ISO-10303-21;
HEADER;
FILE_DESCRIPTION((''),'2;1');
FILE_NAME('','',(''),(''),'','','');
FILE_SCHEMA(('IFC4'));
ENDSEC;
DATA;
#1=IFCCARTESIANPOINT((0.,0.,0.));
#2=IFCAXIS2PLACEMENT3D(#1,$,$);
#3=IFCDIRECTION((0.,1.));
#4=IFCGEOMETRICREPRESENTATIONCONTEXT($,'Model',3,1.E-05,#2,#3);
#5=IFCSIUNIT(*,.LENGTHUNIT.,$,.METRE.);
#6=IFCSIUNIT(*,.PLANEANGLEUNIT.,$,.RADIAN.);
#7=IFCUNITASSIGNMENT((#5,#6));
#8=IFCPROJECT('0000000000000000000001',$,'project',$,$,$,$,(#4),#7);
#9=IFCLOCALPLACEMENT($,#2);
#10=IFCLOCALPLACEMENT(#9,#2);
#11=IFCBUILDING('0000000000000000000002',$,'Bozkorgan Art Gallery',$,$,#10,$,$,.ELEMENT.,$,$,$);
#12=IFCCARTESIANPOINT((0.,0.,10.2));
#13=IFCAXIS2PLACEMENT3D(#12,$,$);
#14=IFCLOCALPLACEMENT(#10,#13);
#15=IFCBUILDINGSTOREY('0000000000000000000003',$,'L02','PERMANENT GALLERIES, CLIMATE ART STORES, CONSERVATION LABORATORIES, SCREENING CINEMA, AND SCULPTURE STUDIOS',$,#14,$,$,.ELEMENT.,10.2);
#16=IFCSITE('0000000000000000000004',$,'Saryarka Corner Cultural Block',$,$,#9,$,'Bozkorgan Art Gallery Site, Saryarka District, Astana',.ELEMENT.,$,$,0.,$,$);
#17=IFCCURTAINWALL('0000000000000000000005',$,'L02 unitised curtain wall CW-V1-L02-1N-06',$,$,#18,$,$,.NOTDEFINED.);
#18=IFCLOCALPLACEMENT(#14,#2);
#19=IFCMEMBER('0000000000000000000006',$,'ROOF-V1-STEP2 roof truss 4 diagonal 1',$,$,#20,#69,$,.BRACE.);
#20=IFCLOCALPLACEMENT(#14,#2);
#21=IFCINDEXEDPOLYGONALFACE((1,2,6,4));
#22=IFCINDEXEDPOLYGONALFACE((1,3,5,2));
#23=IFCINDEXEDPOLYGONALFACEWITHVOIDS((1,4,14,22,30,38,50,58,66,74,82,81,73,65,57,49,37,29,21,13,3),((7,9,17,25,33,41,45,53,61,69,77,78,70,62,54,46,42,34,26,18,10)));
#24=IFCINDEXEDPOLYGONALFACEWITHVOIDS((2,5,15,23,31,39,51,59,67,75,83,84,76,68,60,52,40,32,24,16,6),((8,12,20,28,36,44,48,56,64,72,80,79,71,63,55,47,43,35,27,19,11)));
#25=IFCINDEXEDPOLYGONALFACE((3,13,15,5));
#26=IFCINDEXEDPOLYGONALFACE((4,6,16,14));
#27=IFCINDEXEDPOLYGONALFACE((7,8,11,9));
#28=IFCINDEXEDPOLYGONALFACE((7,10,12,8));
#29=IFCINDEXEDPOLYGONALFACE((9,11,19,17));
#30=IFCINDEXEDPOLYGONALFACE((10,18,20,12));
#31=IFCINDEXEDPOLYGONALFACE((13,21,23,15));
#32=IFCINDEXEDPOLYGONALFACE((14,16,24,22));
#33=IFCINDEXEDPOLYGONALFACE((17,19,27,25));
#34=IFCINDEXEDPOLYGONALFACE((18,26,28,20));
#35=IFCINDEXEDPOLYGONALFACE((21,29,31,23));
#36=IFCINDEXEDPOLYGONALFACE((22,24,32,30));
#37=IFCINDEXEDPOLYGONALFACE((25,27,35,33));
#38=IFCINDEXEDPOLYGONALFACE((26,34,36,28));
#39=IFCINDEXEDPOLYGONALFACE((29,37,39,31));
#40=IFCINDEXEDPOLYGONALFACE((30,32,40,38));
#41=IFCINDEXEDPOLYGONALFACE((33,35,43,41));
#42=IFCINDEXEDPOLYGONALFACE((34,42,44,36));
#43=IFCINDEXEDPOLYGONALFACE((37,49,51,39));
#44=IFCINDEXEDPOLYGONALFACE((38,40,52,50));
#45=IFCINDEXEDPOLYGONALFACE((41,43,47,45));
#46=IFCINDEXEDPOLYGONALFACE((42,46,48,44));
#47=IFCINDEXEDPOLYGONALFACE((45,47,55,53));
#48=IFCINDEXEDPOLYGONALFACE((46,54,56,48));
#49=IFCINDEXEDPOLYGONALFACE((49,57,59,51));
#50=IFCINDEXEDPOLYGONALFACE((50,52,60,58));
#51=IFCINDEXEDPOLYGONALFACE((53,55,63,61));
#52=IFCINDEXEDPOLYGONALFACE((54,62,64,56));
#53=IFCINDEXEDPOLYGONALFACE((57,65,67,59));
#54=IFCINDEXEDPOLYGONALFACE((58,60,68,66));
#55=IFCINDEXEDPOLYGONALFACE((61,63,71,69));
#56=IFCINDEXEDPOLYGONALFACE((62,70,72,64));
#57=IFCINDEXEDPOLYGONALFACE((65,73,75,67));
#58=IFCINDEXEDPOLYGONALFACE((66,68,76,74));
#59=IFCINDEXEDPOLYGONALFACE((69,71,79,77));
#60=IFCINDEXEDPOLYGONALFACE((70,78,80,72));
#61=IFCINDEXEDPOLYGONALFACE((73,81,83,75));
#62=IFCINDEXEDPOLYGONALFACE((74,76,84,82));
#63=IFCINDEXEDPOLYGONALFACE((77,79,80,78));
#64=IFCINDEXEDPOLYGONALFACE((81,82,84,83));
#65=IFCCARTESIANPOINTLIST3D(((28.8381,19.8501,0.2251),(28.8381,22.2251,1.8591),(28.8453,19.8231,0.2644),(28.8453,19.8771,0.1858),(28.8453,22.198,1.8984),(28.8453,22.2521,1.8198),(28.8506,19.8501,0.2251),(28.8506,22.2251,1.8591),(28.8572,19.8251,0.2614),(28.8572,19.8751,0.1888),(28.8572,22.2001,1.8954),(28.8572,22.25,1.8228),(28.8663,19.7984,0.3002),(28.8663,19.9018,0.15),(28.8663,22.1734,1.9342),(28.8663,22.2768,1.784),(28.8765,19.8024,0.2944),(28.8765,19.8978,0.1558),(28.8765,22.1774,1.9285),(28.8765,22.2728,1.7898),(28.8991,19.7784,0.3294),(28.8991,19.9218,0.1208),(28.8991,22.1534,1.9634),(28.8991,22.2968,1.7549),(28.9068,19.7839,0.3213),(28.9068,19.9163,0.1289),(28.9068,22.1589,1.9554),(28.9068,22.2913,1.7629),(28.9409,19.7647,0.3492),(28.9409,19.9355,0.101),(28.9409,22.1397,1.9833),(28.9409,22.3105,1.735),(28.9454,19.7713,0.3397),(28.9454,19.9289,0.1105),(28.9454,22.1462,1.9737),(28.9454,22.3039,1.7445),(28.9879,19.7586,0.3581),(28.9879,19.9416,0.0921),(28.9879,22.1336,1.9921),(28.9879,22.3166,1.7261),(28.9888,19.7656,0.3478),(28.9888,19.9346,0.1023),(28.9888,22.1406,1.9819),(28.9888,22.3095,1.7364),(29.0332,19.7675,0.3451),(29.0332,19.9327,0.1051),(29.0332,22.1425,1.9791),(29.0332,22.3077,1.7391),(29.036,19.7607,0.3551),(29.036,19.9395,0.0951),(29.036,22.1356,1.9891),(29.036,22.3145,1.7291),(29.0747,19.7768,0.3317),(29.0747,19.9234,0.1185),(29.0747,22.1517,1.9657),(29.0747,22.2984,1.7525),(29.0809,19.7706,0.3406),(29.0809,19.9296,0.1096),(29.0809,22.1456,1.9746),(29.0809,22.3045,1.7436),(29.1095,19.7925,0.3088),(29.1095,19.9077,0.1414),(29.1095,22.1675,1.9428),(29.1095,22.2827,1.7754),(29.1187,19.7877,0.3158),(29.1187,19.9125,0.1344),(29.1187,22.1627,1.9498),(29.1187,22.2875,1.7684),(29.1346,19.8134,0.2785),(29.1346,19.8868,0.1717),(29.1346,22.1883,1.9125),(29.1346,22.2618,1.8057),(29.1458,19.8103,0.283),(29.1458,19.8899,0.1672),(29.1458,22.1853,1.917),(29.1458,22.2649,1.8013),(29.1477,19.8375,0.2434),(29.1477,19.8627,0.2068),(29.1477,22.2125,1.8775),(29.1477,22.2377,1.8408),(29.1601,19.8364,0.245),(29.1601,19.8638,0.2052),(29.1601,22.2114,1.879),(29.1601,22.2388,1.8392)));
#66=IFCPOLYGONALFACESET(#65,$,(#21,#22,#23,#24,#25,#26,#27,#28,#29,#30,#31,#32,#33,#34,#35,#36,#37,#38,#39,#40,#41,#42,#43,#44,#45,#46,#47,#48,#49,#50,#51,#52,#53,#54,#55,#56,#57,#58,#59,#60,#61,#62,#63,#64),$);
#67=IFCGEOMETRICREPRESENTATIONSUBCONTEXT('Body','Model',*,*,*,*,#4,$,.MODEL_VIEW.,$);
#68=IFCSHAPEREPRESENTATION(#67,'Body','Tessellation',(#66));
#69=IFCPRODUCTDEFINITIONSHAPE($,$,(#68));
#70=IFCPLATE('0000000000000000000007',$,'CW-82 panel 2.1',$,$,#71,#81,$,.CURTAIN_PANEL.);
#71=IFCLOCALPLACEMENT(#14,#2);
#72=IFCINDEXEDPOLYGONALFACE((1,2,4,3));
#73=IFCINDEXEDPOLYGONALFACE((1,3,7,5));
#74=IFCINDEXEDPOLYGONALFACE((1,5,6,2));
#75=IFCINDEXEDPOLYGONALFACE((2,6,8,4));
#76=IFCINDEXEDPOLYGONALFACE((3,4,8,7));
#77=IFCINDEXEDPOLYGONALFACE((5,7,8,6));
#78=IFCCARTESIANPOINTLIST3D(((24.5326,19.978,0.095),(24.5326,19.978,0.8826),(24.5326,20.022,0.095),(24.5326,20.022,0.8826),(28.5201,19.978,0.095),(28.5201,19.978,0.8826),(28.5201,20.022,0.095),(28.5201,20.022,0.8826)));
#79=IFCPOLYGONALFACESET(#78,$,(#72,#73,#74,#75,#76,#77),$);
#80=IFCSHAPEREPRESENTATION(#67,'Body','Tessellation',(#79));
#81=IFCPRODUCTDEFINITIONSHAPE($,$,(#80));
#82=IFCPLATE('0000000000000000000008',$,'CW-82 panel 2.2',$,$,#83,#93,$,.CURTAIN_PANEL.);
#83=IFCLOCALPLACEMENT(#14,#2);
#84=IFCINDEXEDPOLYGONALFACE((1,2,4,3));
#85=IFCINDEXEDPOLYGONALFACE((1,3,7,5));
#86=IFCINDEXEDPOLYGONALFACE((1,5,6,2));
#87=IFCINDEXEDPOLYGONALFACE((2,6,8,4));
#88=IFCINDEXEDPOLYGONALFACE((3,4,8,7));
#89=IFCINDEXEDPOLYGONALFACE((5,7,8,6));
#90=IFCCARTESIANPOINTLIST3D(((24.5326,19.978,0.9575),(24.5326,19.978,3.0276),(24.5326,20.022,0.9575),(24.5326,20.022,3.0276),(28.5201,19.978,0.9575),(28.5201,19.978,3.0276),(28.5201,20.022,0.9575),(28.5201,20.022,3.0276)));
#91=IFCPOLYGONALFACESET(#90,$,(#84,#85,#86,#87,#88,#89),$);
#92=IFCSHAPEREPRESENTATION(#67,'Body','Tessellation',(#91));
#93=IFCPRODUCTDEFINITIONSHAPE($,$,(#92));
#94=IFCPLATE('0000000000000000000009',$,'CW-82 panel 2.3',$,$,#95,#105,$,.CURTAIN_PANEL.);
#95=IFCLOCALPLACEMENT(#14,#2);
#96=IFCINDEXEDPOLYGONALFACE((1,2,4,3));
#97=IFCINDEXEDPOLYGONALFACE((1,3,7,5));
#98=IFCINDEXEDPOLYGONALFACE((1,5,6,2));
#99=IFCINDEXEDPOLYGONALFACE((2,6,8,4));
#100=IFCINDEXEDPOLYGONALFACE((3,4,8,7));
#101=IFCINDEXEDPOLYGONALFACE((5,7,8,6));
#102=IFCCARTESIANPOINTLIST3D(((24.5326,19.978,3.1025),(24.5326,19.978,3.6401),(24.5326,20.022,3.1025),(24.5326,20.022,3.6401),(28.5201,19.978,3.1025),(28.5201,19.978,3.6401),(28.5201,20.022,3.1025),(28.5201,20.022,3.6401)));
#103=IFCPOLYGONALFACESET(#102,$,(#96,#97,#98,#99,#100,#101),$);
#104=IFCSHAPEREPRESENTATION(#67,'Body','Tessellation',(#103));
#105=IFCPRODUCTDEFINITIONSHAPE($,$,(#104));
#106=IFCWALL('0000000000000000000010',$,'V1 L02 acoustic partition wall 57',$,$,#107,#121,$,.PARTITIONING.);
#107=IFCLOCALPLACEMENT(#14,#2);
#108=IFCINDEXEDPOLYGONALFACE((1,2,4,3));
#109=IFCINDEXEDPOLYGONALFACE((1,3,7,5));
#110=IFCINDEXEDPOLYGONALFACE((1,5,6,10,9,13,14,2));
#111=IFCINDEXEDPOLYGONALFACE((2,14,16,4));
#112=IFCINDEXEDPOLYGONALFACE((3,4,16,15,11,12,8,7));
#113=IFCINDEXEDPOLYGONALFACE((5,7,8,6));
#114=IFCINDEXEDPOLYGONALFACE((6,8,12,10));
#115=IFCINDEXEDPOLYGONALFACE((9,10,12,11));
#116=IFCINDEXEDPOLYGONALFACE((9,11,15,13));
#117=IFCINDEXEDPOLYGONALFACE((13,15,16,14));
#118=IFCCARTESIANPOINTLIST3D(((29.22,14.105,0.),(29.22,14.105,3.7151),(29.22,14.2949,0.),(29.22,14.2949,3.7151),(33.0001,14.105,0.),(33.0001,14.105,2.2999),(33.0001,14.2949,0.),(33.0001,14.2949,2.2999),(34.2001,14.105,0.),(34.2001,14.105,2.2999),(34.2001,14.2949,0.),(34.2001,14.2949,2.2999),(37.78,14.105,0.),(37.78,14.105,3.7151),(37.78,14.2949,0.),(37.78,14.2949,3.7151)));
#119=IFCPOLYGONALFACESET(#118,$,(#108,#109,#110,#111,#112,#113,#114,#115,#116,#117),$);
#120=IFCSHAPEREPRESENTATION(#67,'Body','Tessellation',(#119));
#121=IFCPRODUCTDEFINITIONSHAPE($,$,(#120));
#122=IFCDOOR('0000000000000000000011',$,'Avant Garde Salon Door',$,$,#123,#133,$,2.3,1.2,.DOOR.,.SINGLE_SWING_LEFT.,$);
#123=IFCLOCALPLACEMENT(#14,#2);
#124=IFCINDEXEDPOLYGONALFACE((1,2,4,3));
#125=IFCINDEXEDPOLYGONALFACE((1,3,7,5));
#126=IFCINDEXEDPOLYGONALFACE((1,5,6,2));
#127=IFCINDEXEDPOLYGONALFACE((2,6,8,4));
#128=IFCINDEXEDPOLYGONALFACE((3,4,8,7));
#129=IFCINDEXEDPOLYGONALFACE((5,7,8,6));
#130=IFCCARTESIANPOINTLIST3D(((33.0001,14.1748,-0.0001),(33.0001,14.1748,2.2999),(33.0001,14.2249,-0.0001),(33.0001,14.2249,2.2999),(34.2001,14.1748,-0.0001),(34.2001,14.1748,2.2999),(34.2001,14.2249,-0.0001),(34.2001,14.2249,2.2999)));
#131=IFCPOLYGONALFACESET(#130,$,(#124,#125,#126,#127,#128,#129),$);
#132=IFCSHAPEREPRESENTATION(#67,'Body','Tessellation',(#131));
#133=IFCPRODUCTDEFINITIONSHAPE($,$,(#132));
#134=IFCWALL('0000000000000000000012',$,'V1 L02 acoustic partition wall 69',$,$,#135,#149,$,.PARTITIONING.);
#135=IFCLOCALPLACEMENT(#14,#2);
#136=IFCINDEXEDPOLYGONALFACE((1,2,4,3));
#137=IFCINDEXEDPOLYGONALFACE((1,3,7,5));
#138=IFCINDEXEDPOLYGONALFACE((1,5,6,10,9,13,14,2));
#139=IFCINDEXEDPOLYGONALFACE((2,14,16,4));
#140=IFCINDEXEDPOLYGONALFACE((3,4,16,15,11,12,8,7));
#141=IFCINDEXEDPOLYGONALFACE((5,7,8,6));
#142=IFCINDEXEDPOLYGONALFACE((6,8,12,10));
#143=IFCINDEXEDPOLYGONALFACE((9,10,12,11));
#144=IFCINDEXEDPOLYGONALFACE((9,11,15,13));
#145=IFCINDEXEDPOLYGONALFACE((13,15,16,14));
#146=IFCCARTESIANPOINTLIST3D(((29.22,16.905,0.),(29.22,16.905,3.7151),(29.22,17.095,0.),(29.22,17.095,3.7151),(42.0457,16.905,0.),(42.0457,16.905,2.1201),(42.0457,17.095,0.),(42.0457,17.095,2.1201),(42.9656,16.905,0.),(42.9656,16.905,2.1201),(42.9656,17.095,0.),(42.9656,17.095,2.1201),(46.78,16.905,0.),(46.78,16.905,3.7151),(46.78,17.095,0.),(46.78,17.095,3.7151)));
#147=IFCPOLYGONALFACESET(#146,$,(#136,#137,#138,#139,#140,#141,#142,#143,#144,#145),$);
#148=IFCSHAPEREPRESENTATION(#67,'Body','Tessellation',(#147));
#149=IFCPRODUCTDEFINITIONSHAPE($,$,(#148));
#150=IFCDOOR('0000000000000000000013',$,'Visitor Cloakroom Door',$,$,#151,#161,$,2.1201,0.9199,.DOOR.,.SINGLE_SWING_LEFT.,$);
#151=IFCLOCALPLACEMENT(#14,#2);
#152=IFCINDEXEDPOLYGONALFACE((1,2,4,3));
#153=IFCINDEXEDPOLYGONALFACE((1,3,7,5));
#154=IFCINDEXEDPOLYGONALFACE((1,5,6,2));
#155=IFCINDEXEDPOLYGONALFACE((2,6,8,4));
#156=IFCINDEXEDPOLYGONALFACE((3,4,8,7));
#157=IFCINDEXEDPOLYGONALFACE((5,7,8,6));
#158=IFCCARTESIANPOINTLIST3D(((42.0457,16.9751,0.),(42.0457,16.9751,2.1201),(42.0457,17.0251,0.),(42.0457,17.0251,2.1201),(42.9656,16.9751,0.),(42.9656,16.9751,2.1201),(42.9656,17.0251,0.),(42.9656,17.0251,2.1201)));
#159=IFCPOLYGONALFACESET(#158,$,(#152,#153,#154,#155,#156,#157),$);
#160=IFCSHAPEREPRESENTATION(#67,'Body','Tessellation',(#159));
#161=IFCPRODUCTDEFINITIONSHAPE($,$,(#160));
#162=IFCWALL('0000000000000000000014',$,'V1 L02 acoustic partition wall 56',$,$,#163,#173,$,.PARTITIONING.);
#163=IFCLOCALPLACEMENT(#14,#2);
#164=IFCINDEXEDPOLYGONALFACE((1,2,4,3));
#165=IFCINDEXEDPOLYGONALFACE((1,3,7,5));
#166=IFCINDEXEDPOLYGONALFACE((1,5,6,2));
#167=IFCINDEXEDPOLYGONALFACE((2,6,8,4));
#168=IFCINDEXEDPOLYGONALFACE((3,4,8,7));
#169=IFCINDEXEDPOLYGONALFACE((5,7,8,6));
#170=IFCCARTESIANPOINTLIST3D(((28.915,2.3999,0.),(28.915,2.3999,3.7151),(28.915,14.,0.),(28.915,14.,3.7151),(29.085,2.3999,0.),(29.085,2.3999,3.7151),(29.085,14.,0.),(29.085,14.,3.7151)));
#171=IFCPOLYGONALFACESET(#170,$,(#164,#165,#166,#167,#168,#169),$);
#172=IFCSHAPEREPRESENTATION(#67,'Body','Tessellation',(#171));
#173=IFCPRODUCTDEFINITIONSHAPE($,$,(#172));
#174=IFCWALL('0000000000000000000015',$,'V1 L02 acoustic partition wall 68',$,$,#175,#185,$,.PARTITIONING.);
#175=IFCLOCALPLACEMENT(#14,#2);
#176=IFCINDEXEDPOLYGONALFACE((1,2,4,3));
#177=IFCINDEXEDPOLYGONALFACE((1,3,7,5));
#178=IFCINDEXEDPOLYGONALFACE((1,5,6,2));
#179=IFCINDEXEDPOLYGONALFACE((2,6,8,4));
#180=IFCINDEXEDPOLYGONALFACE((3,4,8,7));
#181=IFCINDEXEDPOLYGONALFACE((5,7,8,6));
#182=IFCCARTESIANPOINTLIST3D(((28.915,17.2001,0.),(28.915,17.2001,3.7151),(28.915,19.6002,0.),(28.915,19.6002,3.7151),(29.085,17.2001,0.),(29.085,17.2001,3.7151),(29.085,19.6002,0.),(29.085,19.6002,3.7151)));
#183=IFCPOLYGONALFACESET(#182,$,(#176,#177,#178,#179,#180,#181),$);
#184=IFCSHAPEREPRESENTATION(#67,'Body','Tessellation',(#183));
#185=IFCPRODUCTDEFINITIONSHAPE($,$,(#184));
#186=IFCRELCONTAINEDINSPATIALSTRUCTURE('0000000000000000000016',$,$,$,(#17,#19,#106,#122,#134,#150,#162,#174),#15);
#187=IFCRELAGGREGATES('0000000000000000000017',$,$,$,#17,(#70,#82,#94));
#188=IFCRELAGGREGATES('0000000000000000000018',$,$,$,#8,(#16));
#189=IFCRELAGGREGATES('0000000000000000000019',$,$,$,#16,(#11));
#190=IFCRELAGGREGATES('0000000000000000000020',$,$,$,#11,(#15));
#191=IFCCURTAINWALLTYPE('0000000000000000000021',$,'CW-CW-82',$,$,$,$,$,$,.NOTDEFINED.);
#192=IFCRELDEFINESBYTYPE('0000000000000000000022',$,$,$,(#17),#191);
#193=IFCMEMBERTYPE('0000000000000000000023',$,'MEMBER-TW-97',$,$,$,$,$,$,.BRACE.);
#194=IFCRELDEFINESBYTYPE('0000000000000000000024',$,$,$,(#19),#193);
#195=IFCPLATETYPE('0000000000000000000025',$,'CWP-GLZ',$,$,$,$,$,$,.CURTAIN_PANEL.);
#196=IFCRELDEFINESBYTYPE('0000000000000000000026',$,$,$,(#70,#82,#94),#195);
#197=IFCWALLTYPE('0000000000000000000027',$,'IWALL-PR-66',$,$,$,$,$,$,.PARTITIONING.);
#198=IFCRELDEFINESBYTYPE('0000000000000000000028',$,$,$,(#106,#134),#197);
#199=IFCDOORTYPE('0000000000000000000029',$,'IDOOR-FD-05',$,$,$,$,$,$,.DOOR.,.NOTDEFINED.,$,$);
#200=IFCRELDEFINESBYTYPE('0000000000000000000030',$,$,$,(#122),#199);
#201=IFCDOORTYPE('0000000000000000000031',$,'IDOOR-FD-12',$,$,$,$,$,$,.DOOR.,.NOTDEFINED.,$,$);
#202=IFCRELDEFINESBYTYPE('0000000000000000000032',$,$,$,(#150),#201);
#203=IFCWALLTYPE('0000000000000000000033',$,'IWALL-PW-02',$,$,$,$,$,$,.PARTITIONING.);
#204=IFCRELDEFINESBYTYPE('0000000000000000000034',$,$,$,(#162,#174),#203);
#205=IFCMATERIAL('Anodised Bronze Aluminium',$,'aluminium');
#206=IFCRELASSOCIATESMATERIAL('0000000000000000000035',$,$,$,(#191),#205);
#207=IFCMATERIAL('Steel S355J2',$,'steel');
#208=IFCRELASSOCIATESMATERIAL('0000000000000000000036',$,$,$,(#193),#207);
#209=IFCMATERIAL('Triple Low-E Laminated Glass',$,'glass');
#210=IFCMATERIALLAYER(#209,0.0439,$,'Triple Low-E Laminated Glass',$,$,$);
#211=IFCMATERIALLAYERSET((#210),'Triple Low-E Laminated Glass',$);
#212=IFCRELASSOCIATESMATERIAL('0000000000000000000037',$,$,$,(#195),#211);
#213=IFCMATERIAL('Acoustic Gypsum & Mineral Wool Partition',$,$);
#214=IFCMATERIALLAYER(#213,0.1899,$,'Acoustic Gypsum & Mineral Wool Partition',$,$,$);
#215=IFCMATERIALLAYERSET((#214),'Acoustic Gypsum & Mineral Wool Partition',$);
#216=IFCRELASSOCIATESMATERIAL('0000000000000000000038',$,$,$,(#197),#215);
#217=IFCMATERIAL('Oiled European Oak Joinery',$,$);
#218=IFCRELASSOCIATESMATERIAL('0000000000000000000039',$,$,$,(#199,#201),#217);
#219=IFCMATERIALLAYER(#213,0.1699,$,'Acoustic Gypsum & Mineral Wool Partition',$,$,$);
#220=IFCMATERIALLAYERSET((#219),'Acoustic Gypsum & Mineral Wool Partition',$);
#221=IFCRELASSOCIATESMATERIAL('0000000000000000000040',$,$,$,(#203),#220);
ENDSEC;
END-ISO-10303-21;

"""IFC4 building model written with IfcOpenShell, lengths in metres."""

from ifc_helpers import new_model, si_unit, direction, frame, frame_2d, origin, origin_2d, place, context, subcontext, project, spatial, rectangle, hollow_circle, extrude, material, layer, layer_set, material_profile, profile_set, type_object, element, fill, aggregate, save


model = new_model("IFC4")

# Units and contexts
model_context = context("Model", 3, precision=1e-05, world=origin(), true_north=direction((0.0, 1.0)))
body_context = subcontext(model_context, "Body", "Model", "MODEL_VIEW")
ifc_project = project(units=[si_unit("LENGTHUNIT", "METRE"), si_unit("PLANEANGLEUNIT", "RADIAN")], contexts=[model_context])

# Site, building, storey
site_placement = place(None, origin())
site = spatial("IfcSite", under=ifc_project, at=site_placement, Name="Saryarka Corner Cultural Block", LongName="Bozkorgan Art Gallery Site, Saryarka District, Astana", CompositionType="ELEMENT", RefElevation=0.0)
building_placement = place(site_placement, origin())
building = spatial("IfcBuilding", under=site, at=building_placement, Name="Bozkorgan Art Gallery", CompositionType="ELEMENT")
storey_placement = place(building_placement, frame((0.0, 0.0, 10.2)))
storey = spatial("IfcBuildingStorey", under=building, at=storey_placement, Name="L02", Description="PERMANENT GALLERIES, CLIMATE ART STORES, CONSERVATION LABORATORIES, SCREENING CINEMA, AND SCULPTURE STUDIOS", CompositionType="ELEMENT", Elevation=10.2)

# Shared definitions
ifc_material_1 = material(Name="Steel S355J2", Category="steel")

# Curtain wall
ifc_material_2 = material(Name="Anodised Bronze Aluminium", Category="aluminium")
curtain_wall_type = type_object("IfcCurtainWallType", Name="CW-CW-82", PredefinedType="NOTDEFINED", material=ifc_material_2)
curtain_wall_placement = place(storey_placement, origin())
curtain_wall = element("IfcCurtainWall", 1, at=curtain_wall_placement, inside=storey, type_object=curtain_wall_type, Name="L02 unitised curtain wall CW-V1-L02-1N-06", PredefinedType="NOTDEFINED")

# Member
ifc_material_profile_1 = material_profile(ifc_material_1, hollow_circle(Radius=0.1619, WallThickness=0.0125, at=origin_2d()), Name="CHS 323.9x12.5")
ifc_profile_set_1 = profile_set([ifc_material_profile_1], Name="Steel S355J2")
member_type_1 = type_object("IfcMemberType", Name="MEMBER-TW-97", PredefinedType="BRACE", material=ifc_profile_set_1)
member_1_placement = place(storey_placement, frame((29.0, 19.8501, 0.2251), z_axis=(0.0, 0.823844, 0.566816), x_axis=(-1.0, 0.0, 0.0)))
element("IfcMember", 2, at=member_1_placement, inside=storey, type_object=member_type_1, Name="ROOF-V1-STEP2 roof truss 4 diagonal 1", PredefinedType="BRACE", context=body_context, shape_type="SweptSolid", body=[
    extrude(hollow_circle(Radius=0.1619, WallThickness=0.0125, at=origin_2d()), origin(), (0.0, 0.0, 1.0), 2.8828),
])

# Plates
ifc_material_3 = material(Name="Triple Low-E Laminated Glass", Category="glass")
ifc_layer_1 = layer(ifc_material_3, 0.0439, Name="Triple Low-E Laminated Glass")
ifc_layer_set_1 = layer_set([ifc_layer_1], Name="Triple Low-E Laminated Glass")
plate_type = type_object("IfcPlateType", Name="CWP-GLZ", PredefinedType="CURTAIN_PANEL", material=ifc_layer_set_1)
plate_1_placement = place(storey_placement, frame((26.5264, 20.0, 0.095), z_axis=(0.0, 0.0, 1.0), x_axis=(1.0, 0.0, 0.0)))
plate_1 = element("IfcPlate", 3, at=plate_1_placement, type_object=plate_type, Name="CW-82 panel 2.1", PredefinedType="CURTAIN_PANEL", context=body_context, shape_type="SweptSolid", body=[
    extrude(rectangle(XDim=3.9875, YDim=0.0439, at=origin_2d()), origin(), (0.0, 0.0, 1.0), 0.7876),
])
plate_2_placement = place(storey_placement, frame((26.5264, 20.0, 0.9575), z_axis=(0.0, 0.0, 1.0), x_axis=(1.0, 0.0, 0.0)))
plate_2 = element("IfcPlate", 4, at=plate_2_placement, type_object=plate_type, Name="CW-82 panel 2.2", PredefinedType="CURTAIN_PANEL", context=body_context, shape_type="SweptSolid", body=[
    extrude(rectangle(XDim=3.9875, YDim=0.0439, at=origin_2d()), origin(), (0.0, 0.0, 1.0), 2.0701),
])
plate_3_placement = place(storey_placement, frame((26.5264, 20.0, 3.1025), z_axis=(0.0, 0.0, 1.0), x_axis=(1.0, 0.0, 0.0)))
plate_3 = element("IfcPlate", 5, at=plate_3_placement, type_object=plate_type, Name="CW-82 panel 2.3", PredefinedType="CURTAIN_PANEL", context=body_context, shape_type="SweptSolid", body=[
    extrude(rectangle(XDim=3.9875, YDim=0.0439, at=origin_2d()), origin(), (0.0, 0.0, 1.0), 0.5376),
])
aggregate(curtain_wall, [plate_1, plate_2, plate_3])

# Walls, openings, doors
ifc_material_4 = material(Name="Acoustic Gypsum & Mineral Wool Partition")
ifc_layer_2 = layer(ifc_material_4, 0.1899, Name="Acoustic Gypsum & Mineral Wool Partition")
ifc_layer_set_2 = layer_set([ifc_layer_2], Name="Acoustic Gypsum & Mineral Wool Partition")
wall_type_1 = type_object("IfcWallType", Name="IWALL-PR-66", PredefinedType="PARTITIONING", material=ifc_layer_set_2)
wall_1_placement = place(storey_placement, frame((29.22, 14.2, 0.0), z_axis=(0.0, 0.0, 1.0), x_axis=(1.0, 0.0, 0.0)))
wall_1 = element("IfcWall", 6, at=wall_1_placement, inside=storey, type_object=wall_type_1, Name="V1 L02 acoustic partition wall 57", PredefinedType="PARTITIONING", context=body_context, shape_type="SweptSolid", body=[
    extrude(rectangle(XDim=8.5601, YDim=0.1899, at=frame_2d((4.28, 0.0))), origin(), (0.0, 0.0, 1.0), 3.7151),
])
opening_1_placement = place(wall_1_placement, frame((3.78, 0.0, 0.0)))
opening_1 = element("IfcOpeningElement", 7, at=opening_1_placement, cuts=wall_1, PredefinedType="OPENING", context=body_context, shape_type="SweptSolid", body=[
    extrude(rectangle(XDim=1.2, YDim=2.3, at=frame_2d((0.6001, 1.1499))), frame((0.0, 0.105, 0.0), z_axis=(0.0, -1.0, 0.0), x_axis=(1.0, 0.0, 0.0)), (0.0, 0.0, 1.0), 0.21),
])
ifc_material_5 = material(Name="Oiled European Oak Joinery")
door_type_1 = type_object("IfcDoorType", Name="IDOOR-FD-05", OperationType="NOTDEFINED", PredefinedType="DOOR", material=ifc_material_5)
door_1_placement = place(opening_1_placement, origin())
door_1 = element("IfcDoor", 8, at=door_1_placement, inside=storey, type_object=door_type_1, Name="Avant Garde Salon Door", OperationType="SINGLE_SWING_LEFT", OverallHeight=2.3, OverallWidth=1.2, PredefinedType="DOOR", context=body_context, shape_type="SweptSolid", body=[
    extrude(rectangle(XDim=1.2, YDim=2.3, at=frame_2d((0.6001, 1.1499))), frame((0.0, 0.0249, 0.0), z_axis=(0.0, -1.0, 0.0), x_axis=(1.0, 0.0, 0.0)), (0.0, 0.0, 1.0), 0.05),
])
fill(opening_1, door_1)
wall_2_placement = place(storey_placement, frame((29.22, 17.0, 0.0), z_axis=(0.0, 0.0, 1.0), x_axis=(1.0, 0.0, 0.0)))
wall_2 = element("IfcWall", 9, at=wall_2_placement, inside=storey, type_object=wall_type_1, Name="V1 L02 acoustic partition wall 69", PredefinedType="PARTITIONING", context=body_context, shape_type="SweptSolid", body=[
    extrude(rectangle(XDim=17.5601, YDim=0.1899, at=frame_2d((8.78, 0.0))), origin(), (0.0, 0.0, 1.0), 3.7151),
])
opening_2_placement = place(wall_2_placement, frame((13.7456, 0.0, 0.0), z_axis=(0.0, 0.0, 1.0), x_axis=(-1.0, 0.0, 0.0)))
opening_2 = element("IfcOpeningElement", 10, at=opening_2_placement, cuts=wall_2, PredefinedType="OPENING", context=body_context, shape_type="SweptSolid", body=[
    extrude(rectangle(XDim=0.9199, YDim=2.1201, at=frame_2d((0.46, 1.0601))), frame((0.0, 0.105, 0.0), z_axis=(0.0, -1.0, 0.0), x_axis=(1.0, 0.0, 0.0)), (0.0, 0.0, 1.0), 0.21),
])
door_type_2 = type_object("IfcDoorType", Name="IDOOR-FD-12", OperationType="NOTDEFINED", PredefinedType="DOOR", material=ifc_material_5)
door_2_placement = place(opening_2_placement, origin())
door_2 = element("IfcDoor", 11, at=door_2_placement, inside=storey, type_object=door_type_2, Name="Visitor Cloakroom Door", OperationType="SINGLE_SWING_LEFT", OverallHeight=2.1201, OverallWidth=0.9199, PredefinedType="DOOR", context=body_context, shape_type="SweptSolid", body=[
    extrude(rectangle(XDim=0.9199, YDim=2.1201, at=frame_2d((0.46, 1.0601))), frame((0.0, 0.0249, 0.0), z_axis=(0.0, -1.0, 0.0), x_axis=(1.0, 0.0, 0.0)), (0.0, 0.0, 1.0), 0.05),
])
fill(opening_2, door_2)

# Walls
ifc_layer_3 = layer(ifc_material_4, 0.1699, Name="Acoustic Gypsum & Mineral Wool Partition")
ifc_layer_set_3 = layer_set([ifc_layer_3], Name="Acoustic Gypsum & Mineral Wool Partition")
wall_type_2 = type_object("IfcWallType", Name="IWALL-PW-02", PredefinedType="PARTITIONING", material=ifc_layer_set_3)
wall_3_placement = place(storey_placement, frame((29.0, 2.3999, 0.0), z_axis=(0.0, 0.0, 1.0), x_axis=(0.0, 1.0, 0.0)))
element("IfcWall", 12, at=wall_3_placement, inside=storey, type_object=wall_type_2, Name="V1 L02 acoustic partition wall 56", PredefinedType="PARTITIONING", context=body_context, shape_type="SweptSolid", body=[
    extrude(rectangle(XDim=11.6001, YDim=0.1699, at=frame_2d((5.8, 0.0))), origin(), (0.0, 0.0, 1.0), 3.7151),
])
wall_4_placement = place(storey_placement, frame((29.0, 17.2, 0.0), z_axis=(0.0, 0.0, 1.0), x_axis=(0.0, 1.0, 0.0)))
element("IfcWall", 13, at=wall_4_placement, inside=storey, type_object=wall_type_2, Name="V1 L02 acoustic partition wall 68", PredefinedType="PARTITIONING", context=body_context, shape_type="SweptSolid", body=[
    extrude(rectangle(XDim=2.4001, YDim=0.1699, at=frame_2d((1.2002, 0.0))), origin(), (0.0, 0.0, 1.0), 3.7151),
])

save(model, "model.ifc")
